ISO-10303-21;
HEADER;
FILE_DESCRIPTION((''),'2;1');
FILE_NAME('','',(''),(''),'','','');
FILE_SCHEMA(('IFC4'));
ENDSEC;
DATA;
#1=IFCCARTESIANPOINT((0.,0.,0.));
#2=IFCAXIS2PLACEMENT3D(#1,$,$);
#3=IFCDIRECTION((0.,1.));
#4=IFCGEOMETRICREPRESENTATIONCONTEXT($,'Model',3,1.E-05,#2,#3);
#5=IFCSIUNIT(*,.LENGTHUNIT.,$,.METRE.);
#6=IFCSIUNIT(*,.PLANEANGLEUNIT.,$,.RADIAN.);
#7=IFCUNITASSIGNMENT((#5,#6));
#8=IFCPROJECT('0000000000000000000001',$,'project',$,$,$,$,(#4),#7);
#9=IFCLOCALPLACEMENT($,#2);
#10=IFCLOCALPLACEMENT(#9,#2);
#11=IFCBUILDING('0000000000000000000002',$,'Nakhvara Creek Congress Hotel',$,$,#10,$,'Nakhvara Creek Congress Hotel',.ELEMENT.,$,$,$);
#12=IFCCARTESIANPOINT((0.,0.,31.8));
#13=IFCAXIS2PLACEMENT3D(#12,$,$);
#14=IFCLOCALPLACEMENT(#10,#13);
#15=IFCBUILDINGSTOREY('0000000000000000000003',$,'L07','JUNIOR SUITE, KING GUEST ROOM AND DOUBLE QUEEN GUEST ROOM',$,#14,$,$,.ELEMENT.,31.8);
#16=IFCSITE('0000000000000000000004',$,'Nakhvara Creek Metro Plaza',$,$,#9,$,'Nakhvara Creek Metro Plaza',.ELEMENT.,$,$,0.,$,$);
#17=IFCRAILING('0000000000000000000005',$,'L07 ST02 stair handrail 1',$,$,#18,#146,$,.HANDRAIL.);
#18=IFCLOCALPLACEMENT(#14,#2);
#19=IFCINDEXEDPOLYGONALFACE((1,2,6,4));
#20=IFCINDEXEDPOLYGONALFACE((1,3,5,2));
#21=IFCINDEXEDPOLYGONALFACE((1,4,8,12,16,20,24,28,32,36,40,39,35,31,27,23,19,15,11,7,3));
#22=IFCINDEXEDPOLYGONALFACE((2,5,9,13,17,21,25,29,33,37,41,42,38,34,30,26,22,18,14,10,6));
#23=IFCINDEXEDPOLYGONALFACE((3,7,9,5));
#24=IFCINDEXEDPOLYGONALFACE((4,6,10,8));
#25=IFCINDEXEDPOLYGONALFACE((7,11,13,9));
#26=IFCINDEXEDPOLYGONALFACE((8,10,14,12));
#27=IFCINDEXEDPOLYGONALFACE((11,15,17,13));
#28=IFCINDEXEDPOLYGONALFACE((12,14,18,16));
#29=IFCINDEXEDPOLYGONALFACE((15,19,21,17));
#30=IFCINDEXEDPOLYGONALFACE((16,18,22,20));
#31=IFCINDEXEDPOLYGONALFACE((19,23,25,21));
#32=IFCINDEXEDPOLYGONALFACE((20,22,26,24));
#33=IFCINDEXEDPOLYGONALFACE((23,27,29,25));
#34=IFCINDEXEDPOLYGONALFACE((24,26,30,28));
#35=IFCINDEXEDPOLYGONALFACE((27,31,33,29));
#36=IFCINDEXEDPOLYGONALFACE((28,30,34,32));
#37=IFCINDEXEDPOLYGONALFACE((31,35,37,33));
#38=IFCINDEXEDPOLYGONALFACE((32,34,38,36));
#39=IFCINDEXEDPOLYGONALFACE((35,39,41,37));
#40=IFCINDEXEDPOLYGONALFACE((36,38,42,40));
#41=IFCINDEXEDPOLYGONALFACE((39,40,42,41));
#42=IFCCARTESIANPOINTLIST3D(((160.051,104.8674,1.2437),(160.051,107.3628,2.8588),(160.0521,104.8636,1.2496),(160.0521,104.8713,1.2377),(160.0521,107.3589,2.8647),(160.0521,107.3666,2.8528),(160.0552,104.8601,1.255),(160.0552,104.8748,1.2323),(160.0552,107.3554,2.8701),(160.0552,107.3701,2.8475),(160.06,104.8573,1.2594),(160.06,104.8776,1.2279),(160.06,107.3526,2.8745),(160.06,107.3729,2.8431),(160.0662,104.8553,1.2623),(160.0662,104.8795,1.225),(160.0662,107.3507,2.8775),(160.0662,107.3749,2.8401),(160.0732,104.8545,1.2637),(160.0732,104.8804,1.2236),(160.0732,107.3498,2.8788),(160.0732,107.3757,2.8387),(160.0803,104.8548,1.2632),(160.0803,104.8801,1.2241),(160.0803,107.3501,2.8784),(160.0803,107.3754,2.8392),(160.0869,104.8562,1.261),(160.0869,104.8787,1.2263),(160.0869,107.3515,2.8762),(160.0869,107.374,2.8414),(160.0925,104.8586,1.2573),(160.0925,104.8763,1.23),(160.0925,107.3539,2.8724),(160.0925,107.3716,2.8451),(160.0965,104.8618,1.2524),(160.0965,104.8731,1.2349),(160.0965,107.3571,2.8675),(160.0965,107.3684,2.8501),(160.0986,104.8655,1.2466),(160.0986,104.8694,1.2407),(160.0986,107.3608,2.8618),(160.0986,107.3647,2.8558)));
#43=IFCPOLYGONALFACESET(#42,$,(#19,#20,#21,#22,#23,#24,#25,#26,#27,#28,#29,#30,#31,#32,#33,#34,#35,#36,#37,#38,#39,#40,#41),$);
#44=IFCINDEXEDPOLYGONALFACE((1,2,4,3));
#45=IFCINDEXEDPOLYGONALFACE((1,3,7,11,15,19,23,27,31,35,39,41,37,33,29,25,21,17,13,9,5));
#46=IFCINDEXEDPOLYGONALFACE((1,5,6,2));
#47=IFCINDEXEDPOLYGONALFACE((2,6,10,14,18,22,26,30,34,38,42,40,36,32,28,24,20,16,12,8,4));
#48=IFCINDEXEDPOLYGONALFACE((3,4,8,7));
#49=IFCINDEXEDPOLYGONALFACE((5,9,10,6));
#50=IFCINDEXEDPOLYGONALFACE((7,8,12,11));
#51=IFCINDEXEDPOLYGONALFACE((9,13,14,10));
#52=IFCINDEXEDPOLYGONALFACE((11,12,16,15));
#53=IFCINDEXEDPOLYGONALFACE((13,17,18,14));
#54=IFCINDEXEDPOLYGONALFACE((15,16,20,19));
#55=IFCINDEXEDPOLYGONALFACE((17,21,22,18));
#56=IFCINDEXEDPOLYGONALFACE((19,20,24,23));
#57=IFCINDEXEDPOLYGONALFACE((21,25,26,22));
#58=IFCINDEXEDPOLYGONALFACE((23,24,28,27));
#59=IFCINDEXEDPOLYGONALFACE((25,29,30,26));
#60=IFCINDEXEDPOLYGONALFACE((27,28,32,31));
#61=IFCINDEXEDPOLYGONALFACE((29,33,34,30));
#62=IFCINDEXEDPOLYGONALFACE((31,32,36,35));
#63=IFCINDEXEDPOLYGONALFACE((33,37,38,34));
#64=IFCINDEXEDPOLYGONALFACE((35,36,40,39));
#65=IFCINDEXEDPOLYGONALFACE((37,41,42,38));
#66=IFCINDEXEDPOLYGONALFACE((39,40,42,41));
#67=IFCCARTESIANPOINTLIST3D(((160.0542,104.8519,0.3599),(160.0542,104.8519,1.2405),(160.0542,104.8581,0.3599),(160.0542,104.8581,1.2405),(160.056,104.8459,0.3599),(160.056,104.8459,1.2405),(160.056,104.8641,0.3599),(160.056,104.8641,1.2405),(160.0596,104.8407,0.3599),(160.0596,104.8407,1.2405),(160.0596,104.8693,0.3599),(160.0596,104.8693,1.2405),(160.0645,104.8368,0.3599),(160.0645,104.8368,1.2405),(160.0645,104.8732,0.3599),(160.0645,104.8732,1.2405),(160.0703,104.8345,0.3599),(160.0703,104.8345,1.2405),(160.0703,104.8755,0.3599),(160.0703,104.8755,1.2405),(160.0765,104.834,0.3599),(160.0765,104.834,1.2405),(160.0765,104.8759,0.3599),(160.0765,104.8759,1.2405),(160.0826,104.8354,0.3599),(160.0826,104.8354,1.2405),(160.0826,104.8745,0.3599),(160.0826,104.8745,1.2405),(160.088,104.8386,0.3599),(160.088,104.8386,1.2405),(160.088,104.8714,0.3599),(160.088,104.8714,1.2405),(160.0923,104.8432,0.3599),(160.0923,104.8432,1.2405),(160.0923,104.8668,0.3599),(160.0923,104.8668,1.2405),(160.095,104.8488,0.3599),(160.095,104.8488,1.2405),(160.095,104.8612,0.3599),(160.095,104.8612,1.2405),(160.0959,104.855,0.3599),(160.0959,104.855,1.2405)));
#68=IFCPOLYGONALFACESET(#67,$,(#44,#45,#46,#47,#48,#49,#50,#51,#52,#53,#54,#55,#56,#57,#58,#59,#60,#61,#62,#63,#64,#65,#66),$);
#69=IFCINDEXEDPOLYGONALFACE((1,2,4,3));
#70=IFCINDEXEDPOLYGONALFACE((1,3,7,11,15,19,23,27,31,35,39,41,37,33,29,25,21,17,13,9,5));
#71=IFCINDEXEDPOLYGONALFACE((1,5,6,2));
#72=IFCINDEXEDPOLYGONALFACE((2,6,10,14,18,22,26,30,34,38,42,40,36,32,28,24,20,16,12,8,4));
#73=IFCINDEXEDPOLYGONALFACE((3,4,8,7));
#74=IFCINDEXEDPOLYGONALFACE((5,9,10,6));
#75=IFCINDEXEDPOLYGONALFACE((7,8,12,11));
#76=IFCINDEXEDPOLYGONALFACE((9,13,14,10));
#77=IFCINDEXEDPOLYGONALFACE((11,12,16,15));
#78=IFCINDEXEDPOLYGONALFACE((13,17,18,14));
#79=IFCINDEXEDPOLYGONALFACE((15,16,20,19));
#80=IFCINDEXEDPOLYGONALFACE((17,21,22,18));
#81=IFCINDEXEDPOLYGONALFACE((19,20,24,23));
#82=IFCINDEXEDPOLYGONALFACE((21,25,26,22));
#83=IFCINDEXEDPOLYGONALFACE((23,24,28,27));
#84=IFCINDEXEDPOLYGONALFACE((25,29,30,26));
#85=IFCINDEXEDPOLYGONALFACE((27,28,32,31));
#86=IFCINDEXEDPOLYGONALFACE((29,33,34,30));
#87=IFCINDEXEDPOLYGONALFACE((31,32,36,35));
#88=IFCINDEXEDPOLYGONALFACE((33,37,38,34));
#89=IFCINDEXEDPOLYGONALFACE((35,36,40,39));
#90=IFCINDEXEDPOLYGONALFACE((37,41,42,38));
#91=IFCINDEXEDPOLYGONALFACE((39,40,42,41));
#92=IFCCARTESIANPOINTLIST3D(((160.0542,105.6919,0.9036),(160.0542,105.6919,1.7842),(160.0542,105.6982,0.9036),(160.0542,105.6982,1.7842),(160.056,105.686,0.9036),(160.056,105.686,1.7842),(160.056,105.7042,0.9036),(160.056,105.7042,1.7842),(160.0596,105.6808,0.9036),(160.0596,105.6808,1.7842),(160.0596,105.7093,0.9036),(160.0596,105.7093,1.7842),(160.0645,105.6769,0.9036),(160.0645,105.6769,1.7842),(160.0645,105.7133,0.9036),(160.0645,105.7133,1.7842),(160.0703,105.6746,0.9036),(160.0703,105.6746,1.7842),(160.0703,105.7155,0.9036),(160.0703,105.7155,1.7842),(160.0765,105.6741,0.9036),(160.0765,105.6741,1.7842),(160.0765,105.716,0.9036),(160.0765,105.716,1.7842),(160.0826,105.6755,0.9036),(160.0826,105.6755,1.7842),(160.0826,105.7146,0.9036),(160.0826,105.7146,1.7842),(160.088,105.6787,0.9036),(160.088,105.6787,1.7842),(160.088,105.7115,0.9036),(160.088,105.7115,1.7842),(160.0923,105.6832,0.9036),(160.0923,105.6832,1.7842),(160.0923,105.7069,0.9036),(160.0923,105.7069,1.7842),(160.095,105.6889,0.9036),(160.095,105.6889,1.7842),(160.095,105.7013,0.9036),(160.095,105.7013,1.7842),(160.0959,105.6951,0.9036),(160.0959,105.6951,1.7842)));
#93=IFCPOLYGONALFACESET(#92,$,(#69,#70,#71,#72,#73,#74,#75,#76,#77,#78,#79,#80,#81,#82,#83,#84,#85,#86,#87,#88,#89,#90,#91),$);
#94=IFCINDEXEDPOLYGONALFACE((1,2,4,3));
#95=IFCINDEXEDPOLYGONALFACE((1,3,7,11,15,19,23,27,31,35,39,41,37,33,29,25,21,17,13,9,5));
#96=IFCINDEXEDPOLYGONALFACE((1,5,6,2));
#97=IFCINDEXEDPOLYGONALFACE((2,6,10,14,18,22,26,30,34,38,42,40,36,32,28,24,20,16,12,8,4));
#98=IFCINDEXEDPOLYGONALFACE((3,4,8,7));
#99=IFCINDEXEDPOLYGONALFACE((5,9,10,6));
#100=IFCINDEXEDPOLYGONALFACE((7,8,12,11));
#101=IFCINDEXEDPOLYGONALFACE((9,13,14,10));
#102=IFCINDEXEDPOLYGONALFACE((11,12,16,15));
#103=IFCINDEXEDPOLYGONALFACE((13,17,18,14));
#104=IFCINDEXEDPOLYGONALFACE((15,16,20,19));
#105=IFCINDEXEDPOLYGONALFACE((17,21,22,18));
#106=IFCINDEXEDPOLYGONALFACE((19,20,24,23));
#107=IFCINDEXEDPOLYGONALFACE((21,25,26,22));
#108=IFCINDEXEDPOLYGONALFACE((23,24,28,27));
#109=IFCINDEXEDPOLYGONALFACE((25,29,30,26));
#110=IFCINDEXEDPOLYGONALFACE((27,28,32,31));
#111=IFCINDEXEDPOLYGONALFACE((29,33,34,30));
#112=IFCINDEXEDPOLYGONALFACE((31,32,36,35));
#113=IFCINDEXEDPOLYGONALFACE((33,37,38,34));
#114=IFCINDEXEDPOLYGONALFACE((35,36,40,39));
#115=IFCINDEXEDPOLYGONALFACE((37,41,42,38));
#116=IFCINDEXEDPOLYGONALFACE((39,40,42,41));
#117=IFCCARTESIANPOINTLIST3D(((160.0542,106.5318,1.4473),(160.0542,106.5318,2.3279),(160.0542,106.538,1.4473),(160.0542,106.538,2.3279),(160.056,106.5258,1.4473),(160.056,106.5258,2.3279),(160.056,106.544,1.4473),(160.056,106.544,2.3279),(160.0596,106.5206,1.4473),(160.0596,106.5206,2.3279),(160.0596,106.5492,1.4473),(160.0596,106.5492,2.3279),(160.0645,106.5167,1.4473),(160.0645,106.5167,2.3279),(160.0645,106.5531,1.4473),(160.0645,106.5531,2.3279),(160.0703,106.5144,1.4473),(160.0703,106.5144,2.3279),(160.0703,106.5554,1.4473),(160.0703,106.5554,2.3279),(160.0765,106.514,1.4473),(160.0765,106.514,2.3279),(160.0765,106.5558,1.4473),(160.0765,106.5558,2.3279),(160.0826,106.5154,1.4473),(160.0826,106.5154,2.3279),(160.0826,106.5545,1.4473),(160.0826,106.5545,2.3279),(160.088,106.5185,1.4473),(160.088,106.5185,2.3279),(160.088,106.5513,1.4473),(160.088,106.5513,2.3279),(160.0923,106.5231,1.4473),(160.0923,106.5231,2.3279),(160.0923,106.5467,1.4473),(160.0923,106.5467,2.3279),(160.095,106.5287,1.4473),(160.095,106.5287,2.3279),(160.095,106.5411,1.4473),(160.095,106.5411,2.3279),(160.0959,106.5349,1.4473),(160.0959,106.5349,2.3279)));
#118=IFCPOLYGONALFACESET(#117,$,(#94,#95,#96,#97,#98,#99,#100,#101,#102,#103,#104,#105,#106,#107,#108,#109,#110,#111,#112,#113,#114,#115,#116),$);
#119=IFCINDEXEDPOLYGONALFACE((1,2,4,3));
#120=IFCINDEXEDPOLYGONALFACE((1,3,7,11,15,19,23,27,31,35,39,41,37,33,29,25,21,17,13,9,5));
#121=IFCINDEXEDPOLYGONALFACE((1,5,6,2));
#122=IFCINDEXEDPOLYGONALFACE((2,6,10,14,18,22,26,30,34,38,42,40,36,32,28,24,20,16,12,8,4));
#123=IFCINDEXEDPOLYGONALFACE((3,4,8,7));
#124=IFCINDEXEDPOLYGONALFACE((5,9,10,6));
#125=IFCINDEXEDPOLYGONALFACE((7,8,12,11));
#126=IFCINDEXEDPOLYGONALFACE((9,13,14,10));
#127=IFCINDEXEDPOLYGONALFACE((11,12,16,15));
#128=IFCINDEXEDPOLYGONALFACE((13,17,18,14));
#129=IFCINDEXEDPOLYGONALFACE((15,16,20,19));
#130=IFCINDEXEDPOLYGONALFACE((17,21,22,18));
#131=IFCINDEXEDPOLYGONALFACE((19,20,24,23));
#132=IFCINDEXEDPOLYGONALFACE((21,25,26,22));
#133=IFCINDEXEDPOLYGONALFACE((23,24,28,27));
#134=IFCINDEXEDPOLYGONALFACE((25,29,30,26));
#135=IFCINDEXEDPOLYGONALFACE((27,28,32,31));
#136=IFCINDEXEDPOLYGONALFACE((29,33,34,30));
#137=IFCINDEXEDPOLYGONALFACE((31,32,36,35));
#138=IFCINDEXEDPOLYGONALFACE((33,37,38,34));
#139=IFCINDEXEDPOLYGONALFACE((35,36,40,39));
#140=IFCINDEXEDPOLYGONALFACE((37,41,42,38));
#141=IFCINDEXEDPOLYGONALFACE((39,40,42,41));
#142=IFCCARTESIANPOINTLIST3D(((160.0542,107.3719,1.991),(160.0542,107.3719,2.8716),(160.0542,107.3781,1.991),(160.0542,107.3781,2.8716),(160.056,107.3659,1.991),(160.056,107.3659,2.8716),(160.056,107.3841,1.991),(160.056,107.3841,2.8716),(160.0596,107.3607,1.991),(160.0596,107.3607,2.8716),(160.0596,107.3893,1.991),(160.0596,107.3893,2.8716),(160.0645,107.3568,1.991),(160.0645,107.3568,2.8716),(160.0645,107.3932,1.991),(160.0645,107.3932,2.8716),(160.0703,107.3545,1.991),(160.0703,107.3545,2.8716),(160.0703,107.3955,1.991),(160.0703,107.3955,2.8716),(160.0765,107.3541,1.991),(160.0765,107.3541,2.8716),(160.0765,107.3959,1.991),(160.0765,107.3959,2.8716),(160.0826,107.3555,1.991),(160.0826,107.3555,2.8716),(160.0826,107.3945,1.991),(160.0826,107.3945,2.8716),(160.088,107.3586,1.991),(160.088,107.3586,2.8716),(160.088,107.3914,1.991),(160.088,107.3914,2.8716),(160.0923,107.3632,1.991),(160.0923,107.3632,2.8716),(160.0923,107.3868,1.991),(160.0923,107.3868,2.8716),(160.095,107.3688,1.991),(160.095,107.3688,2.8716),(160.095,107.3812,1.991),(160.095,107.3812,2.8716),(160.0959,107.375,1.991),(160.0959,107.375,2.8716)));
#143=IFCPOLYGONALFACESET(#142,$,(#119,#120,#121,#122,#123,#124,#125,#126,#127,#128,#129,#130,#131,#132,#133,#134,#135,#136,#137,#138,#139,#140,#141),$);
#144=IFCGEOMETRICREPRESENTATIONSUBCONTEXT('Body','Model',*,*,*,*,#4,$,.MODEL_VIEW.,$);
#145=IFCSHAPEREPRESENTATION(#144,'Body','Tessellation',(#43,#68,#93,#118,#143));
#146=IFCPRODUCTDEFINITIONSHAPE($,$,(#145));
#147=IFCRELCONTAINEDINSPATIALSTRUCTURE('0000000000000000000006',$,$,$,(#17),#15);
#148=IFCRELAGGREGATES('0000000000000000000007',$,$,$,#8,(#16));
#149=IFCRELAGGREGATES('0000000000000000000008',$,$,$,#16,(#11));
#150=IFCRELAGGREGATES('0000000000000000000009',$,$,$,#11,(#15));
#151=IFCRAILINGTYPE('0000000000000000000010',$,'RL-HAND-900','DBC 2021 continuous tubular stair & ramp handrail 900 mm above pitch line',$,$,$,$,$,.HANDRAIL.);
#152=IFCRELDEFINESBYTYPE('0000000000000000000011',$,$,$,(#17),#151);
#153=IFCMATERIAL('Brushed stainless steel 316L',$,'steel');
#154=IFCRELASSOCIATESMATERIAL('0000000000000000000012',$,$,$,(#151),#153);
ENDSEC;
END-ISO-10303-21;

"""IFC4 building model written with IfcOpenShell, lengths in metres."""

from ifc_helpers import new_model, si_unit, direction, frame, origin, origin_2d, place, context, subcontext, project, spatial, circle, extrude, material, type_object, element, save


model = new_model("IFC4")

# Units and contexts
model_context = context("Model", 3, precision=1e-05, world=origin(), true_north=direction((0.0, 1.0)))
body_context = subcontext(model_context, "Body", "Model", "MODEL_VIEW")
ifc_project = project(units=[si_unit("LENGTHUNIT", "METRE"), si_unit("PLANEANGLEUNIT", "RADIAN")], contexts=[model_context])

# Site, building, storey
site_placement = place(None, origin())
site = spatial("IfcSite", under=ifc_project, at=site_placement, Name="Nakhvara Creek Metro Plaza", LongName="Nakhvara Creek Metro Plaza", CompositionType="ELEMENT", RefElevation=0.0)
building_placement = place(site_placement, origin())
building = spatial("IfcBuilding", under=site, at=building_placement, Name="Nakhvara Creek Congress Hotel", LongName="Nakhvara Creek Congress Hotel", CompositionType="ELEMENT")
storey_placement = place(building_placement, frame((0.0, 0.0, 31.8)))
storey = spatial("IfcBuildingStorey", under=building, at=storey_placement, Name="L07", Description="JUNIOR SUITE, KING GUEST ROOM AND DOUBLE QUEEN GUEST ROOM", CompositionType="ELEMENT", Elevation=31.8)

# Railing
ifc_material_1 = material(Name="Brushed stainless steel 316L", Category="steel")
railing_type_1 = type_object("IfcRailingType", Name="RL-HAND-900", Description="DBC 2021 continuous tubular stair & ramp handrail 900 mm above pitch line", PredefinedType="HANDRAIL", material=ifc_material_1)
railing_1_placement = place(storey_placement, frame((160.075, 104.855, 0.3599)))
element("IfcRailing", 1, at=railing_1_placement, inside=storey, type_object=railing_type_1, Name="L07 ST02 stair handrail 1", PredefinedType="HANDRAIL", context=body_context, shape_type="SweptSolid", body=[
    extrude(circle(Radius=0.0239, at=origin_2d()), frame((0.0, 0.0125, 0.8838), z_axis=(0.0, 0.839494, 0.543369), x_axis=(-1.0, 0.0, 0.0)), (0.0, 0.0, 1.0), 2.9724),
    extrude(circle(Radius=0.021, at=origin_2d()), origin(), (0.0, 0.0, 1.0), 0.8806),
    extrude(circle(Radius=0.021, at=origin_2d()), frame((0.0, 0.8401, 0.5437)), (0.0, 0.0, 1.0), 0.8806),
    extrude(circle(Radius=0.021, at=origin_2d()), frame((0.0, 1.6799, 1.0874)), (0.0, 0.0, 1.0), 0.8806),
    extrude(circle(Radius=0.021, at=origin_2d()), frame((0.0, 2.52, 1.6311)), (0.0, 0.0, 1.0), 0.8806),
])

save(model, "model.ifc")
